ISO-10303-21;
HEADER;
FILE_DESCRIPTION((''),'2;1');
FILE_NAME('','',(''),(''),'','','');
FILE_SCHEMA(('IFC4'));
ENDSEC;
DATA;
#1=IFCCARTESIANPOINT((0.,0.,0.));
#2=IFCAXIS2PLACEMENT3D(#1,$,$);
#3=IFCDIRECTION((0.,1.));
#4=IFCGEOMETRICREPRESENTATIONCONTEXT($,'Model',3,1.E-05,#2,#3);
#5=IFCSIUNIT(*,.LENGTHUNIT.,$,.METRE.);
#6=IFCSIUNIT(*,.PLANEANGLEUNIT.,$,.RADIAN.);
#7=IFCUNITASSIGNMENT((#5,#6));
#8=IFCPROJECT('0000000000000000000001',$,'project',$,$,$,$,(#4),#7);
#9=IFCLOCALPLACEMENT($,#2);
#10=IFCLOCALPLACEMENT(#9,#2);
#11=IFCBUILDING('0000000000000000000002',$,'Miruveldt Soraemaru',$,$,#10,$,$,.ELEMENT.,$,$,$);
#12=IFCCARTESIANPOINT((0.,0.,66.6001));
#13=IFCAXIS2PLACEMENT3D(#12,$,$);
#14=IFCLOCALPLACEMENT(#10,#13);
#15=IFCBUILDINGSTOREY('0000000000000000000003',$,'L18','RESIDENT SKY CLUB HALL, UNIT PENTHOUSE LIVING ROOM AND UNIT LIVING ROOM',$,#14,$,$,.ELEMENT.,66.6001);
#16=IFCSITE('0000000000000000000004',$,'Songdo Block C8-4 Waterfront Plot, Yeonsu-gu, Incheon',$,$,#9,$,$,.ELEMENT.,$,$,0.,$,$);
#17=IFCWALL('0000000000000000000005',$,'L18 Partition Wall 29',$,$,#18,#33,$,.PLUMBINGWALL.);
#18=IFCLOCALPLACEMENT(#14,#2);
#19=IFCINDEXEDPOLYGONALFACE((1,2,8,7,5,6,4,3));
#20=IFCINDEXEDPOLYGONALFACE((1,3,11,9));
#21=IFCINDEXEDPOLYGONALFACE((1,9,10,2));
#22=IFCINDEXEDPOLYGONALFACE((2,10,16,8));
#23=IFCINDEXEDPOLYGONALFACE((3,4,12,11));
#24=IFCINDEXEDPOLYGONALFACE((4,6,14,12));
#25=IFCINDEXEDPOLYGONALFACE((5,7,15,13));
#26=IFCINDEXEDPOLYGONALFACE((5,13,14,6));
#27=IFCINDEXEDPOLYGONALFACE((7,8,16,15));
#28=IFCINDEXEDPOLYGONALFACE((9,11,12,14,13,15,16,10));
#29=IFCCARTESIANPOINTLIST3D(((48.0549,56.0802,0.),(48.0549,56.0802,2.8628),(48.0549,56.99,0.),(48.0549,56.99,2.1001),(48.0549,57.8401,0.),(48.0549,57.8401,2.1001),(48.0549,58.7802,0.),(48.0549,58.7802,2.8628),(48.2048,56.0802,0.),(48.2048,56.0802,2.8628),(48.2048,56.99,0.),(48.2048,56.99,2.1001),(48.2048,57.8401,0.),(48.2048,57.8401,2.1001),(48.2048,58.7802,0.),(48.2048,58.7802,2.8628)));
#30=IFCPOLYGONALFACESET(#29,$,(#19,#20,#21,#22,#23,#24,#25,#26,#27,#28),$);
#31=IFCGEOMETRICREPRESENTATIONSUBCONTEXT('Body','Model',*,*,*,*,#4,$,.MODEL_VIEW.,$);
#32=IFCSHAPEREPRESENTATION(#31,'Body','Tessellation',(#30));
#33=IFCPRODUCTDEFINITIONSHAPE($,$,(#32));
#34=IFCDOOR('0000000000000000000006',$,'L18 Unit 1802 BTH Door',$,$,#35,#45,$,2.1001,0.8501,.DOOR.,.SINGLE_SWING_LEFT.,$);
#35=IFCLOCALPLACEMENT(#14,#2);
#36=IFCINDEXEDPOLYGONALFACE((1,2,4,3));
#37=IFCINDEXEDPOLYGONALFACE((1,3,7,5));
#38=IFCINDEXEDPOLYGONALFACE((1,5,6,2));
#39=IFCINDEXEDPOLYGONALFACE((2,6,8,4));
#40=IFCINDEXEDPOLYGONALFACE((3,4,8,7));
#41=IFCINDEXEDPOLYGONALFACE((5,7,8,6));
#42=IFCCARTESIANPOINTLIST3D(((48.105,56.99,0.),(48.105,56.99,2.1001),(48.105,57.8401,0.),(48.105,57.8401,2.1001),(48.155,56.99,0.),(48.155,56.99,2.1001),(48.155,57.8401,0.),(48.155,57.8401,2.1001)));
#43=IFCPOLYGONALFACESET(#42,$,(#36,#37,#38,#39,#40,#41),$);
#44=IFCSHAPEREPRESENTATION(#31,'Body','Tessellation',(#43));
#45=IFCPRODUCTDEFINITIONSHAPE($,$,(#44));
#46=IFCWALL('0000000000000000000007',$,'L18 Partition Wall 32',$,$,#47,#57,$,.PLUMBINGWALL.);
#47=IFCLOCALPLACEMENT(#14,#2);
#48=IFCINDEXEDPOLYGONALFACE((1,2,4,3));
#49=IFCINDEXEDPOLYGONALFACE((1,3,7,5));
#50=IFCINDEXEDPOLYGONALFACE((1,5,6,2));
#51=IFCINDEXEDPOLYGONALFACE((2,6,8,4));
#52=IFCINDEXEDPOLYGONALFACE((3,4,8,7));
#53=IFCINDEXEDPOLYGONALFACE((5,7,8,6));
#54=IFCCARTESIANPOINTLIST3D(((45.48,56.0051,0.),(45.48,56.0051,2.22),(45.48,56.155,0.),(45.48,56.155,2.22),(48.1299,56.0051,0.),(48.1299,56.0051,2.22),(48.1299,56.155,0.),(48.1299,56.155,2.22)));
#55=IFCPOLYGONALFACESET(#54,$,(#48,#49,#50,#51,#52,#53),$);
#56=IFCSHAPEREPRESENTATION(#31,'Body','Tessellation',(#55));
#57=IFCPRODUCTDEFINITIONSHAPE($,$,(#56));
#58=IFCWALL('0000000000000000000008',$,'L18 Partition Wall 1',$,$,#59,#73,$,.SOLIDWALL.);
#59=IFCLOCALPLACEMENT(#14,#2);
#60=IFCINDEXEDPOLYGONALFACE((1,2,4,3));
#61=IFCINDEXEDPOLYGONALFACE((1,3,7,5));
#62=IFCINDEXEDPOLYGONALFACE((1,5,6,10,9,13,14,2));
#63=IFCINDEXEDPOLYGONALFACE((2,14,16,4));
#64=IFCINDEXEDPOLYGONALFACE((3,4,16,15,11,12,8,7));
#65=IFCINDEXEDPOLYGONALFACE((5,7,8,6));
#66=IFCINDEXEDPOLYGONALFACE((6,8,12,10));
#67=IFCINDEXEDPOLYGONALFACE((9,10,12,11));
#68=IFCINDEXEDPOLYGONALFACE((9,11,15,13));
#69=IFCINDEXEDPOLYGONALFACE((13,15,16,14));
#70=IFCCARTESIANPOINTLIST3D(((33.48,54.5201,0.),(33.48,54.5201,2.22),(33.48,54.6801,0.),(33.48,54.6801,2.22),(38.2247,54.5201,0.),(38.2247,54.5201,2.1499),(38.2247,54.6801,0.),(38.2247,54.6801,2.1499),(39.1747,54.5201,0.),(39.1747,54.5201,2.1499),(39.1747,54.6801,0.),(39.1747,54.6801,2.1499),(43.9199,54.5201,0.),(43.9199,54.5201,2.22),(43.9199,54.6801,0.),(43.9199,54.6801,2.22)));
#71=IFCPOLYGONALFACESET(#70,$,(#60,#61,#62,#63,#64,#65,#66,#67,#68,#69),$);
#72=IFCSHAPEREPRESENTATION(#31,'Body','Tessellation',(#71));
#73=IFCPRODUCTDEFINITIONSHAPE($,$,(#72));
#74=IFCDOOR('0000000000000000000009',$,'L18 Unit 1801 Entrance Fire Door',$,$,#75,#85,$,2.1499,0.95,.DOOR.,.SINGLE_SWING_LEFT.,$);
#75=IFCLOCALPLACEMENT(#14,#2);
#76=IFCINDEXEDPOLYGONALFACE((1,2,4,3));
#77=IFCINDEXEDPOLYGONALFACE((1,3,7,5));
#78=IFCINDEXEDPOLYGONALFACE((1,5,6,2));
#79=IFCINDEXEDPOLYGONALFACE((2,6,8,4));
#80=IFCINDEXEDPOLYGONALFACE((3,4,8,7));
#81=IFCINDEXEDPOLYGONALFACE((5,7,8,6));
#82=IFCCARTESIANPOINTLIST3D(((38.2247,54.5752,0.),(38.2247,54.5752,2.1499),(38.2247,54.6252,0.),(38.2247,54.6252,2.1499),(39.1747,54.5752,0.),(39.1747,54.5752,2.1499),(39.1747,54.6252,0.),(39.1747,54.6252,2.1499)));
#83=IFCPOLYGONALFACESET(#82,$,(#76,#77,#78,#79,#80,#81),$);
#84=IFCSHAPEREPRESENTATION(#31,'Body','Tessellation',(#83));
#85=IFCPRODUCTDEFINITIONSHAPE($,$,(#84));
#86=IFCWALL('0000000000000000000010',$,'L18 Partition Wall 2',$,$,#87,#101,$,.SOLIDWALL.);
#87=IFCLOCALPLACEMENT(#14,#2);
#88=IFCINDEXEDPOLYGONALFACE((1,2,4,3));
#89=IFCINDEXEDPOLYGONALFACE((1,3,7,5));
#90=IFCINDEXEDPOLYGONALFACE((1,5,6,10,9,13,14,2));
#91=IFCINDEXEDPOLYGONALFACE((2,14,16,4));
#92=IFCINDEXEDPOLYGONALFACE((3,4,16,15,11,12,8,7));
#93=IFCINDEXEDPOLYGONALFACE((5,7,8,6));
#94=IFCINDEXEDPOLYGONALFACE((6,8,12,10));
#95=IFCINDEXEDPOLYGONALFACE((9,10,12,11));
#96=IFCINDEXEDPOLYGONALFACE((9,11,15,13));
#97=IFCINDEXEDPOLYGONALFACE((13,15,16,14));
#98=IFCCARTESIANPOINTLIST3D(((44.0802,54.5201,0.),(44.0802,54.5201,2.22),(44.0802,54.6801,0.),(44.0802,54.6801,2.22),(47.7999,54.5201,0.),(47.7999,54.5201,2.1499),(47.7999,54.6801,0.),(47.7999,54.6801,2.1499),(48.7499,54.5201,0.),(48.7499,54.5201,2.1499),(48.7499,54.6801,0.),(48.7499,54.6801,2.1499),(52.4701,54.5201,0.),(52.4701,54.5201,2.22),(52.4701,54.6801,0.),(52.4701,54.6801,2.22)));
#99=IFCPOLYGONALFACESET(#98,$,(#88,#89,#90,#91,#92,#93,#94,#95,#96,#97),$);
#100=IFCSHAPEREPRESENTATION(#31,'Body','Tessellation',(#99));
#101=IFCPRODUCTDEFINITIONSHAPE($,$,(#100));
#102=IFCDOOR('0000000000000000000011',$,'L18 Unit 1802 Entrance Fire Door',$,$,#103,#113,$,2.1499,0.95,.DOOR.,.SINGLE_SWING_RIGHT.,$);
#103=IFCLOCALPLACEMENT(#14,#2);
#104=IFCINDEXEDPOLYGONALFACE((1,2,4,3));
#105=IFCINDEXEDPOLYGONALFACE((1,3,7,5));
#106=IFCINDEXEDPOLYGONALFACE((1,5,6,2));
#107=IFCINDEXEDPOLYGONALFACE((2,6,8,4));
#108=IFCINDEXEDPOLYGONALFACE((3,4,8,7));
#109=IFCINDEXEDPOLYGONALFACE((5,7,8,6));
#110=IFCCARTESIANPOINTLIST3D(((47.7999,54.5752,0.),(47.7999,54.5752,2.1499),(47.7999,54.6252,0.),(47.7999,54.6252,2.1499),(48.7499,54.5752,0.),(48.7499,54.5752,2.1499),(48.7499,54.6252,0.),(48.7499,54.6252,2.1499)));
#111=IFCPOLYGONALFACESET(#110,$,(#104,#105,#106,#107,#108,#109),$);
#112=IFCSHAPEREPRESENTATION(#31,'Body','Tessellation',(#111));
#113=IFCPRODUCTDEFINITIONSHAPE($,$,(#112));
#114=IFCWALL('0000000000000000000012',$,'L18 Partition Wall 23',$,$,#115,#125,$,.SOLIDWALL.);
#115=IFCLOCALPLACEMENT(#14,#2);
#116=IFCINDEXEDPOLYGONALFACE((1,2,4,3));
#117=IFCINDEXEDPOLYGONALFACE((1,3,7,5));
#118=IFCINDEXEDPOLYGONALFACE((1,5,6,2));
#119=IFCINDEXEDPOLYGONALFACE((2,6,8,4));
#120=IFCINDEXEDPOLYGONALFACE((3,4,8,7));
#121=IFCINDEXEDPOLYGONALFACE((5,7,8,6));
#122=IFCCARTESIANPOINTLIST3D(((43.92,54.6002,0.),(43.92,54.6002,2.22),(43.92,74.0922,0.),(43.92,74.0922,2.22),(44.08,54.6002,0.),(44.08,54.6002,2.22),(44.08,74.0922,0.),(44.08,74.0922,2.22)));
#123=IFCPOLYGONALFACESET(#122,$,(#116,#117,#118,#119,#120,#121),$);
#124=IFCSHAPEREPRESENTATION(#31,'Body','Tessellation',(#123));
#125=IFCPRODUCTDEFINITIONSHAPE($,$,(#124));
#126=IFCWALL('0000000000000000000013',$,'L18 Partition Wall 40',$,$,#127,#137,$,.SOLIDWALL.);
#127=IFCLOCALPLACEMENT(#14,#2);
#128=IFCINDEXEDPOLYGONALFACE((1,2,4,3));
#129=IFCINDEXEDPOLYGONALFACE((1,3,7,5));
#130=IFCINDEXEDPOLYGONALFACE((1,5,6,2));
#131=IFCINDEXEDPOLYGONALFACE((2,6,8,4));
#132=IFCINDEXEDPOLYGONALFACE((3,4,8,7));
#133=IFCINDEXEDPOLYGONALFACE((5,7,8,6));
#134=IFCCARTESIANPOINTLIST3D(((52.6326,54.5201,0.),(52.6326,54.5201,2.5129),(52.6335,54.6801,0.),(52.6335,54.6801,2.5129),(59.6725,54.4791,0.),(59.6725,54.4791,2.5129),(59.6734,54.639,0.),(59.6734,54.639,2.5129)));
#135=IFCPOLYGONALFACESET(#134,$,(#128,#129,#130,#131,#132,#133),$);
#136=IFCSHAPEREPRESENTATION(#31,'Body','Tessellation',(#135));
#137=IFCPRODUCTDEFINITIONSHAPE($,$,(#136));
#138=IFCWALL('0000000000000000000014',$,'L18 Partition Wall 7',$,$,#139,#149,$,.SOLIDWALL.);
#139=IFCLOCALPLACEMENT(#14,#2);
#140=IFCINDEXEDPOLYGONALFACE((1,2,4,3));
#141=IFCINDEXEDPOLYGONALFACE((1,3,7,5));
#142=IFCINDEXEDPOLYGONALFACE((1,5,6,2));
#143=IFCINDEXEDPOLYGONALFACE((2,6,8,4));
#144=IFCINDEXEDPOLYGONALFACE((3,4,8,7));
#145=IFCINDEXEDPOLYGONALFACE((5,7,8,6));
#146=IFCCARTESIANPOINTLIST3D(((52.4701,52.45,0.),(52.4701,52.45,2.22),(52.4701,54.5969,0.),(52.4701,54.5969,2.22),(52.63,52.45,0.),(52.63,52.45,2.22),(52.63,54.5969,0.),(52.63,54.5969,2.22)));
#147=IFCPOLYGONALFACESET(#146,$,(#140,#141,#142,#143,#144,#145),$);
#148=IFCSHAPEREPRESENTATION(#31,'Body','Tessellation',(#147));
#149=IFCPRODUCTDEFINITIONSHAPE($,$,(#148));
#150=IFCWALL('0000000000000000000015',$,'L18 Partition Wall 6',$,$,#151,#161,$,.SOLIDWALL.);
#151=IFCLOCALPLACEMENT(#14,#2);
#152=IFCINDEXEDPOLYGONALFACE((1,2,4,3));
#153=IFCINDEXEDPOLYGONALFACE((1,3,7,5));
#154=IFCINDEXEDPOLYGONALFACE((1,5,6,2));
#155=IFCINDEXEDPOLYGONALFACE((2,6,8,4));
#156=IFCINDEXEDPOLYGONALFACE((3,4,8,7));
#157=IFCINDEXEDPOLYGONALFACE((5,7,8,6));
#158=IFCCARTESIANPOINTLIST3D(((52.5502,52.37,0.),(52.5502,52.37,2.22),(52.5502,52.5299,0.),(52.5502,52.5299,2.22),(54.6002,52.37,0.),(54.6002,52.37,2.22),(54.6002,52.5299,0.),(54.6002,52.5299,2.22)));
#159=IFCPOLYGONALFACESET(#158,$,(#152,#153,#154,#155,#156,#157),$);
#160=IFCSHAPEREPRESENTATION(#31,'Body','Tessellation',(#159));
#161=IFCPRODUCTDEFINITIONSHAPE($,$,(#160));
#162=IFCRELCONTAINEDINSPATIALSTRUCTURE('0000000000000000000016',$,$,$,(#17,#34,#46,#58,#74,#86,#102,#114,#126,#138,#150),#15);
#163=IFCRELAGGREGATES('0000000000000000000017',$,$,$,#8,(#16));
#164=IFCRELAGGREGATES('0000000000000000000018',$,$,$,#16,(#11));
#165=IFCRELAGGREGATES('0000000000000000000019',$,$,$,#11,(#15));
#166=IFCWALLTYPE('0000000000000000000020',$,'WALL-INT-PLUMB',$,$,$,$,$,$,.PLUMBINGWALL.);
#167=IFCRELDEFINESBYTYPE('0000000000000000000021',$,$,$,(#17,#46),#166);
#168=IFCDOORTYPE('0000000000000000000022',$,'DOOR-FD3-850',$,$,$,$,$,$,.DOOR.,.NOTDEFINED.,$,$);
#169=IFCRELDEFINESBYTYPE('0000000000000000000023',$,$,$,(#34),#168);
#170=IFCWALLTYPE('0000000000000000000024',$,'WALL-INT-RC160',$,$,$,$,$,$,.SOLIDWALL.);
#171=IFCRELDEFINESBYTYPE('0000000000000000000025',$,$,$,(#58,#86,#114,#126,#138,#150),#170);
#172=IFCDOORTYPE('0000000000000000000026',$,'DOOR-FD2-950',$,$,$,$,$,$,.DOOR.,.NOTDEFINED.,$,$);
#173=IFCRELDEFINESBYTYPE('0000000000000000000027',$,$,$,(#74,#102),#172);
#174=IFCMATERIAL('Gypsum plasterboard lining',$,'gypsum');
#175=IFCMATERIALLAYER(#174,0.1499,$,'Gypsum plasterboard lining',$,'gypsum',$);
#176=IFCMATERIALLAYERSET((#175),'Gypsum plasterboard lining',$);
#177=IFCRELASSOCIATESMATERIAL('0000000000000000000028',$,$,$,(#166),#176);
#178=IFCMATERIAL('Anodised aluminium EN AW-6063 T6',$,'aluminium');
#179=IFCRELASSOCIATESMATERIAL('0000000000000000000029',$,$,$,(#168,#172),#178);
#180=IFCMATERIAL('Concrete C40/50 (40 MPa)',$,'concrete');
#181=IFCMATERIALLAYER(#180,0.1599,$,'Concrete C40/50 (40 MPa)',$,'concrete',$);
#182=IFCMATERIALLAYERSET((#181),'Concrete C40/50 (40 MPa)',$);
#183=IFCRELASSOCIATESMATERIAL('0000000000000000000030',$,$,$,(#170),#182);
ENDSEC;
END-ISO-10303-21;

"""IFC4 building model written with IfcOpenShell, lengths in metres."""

from ifc_helpers import new_model, si_unit, direction, frame, frame_2d, origin, place, context, subcontext, project, spatial, rectangle, extrude, material, layer, layer_set, type_object, element, fill, save


model = new_model("IFC4")

# Units and contexts
model_context = context("Model", 3, precision=1e-05, world=origin(), true_north=direction((0.0, 1.0)))
body_context = subcontext(model_context, "Body", "Model", "MODEL_VIEW")
ifc_project = project(units=[si_unit("LENGTHUNIT", "METRE"), si_unit("PLANEANGLEUNIT", "RADIAN")], contexts=[model_context])

# Site, building, storey
site_placement = place(None, origin())
site = spatial("IfcSite", under=ifc_project, at=site_placement, Name="Songdo Block C8-4 Waterfront Plot, Yeonsu-gu, Incheon", CompositionType="ELEMENT", RefElevation=0.0)
building_placement = place(site_placement, origin())
building = spatial("IfcBuilding", under=site, at=building_placement, Name="Miruveldt Soraemaru", CompositionType="ELEMENT")
storey_placement = place(building_placement, frame((0.0, 0.0, 66.6001)))
storey = spatial("IfcBuildingStorey", under=building, at=storey_placement, Name="L18", Description="RESIDENT SKY CLUB HALL, UNIT PENTHOUSE LIVING ROOM AND UNIT LIVING ROOM", CompositionType="ELEMENT", Elevation=66.6001)

# Shared definitions
ifc_material_1 = material(Name="Gypsum plasterboard lining", Category="gypsum")
ifc_material_2 = material(Name="Anodised aluminium EN AW-6063 T6", Category="aluminium")

# Wall, opening, door
ifc_layer_1 = layer(ifc_material_1, 0.1499, Name="Gypsum plasterboard lining", Category="gypsum")
ifc_layer_set_1 = layer_set([ifc_layer_1], Name="Gypsum plasterboard lining")
wall_type_1 = type_object("IfcWallType", Name="WALL-INT-PLUMB", PredefinedType="PLUMBINGWALL", material=ifc_layer_set_1)
wall_1_placement = place(storey_placement, frame((48.1299, 56.0801, 0.0), z_axis=(0.0, 0.0, 1.0), x_axis=(0.0, 1.0, 0.0)))
wall_1 = element("IfcWall", 1, at=wall_1_placement, inside=storey, type_object=wall_type_1, Name="L18 Partition Wall 29", PredefinedType="PLUMBINGWALL", context=body_context, shape_type="SweptSolid", body=[
    extrude(rectangle(XDim=2.7, YDim=0.1499, at=frame_2d((1.3501, 0.0))), origin(), (0.0, 0.0, 1.0), 2.8628),
])
opening_1_placement = place(wall_1_placement, frame((0.9099, 0.0, 0.0)))
opening_1 = element("IfcOpeningElement", 2, at=opening_1_placement, cuts=wall_1, PredefinedType="OPENING", context=body_context, shape_type="SweptSolid", body=[
    extrude(rectangle(XDim=0.8501, YDim=2.1001, at=frame_2d((0.425, 1.05))), frame((0.0, 0.085, 0.0), z_axis=(0.0, -1.0, 0.0), x_axis=(1.0, 0.0, 0.0)), (0.0, 0.0, 1.0), 0.1699),
])
door_type_1 = type_object("IfcDoorType", Name="DOOR-FD3-850", OperationType="NOTDEFINED", PredefinedType="DOOR", material=ifc_material_2)
door_1_placement = place(opening_1_placement, origin())
door_1 = element("IfcDoor", 3, at=door_1_placement, inside=storey, type_object=door_type_1, Name="L18 Unit 1802 BTH Door", OperationType="SINGLE_SWING_LEFT", OverallHeight=2.1001, OverallWidth=0.8501, PredefinedType="DOOR", context=body_context, shape_type="SweptSolid", body=[
    extrude(rectangle(XDim=0.8501, YDim=2.1001, at=frame_2d((0.425, 1.05))), frame((0.0, 0.0249, 0.0), z_axis=(0.0, -1.0, 0.0), x_axis=(1.0, 0.0, 0.0)), (0.0, 0.0, 1.0), 0.05),
])
fill(opening_1, door_1)

# Wall
wall_2_placement = place(storey_placement, frame((45.48, 56.0801, 0.0), z_axis=(0.0, 0.0, 1.0), x_axis=(1.0, 0.0, 0.0)))
element("IfcWall", 4, at=wall_2_placement, inside=storey, type_object=wall_type_1, Name="L18 Partition Wall 32", PredefinedType="PLUMBINGWALL", context=body_context, shape_type="SweptSolid", body=[
    extrude(rectangle(XDim=2.6499, YDim=0.1499, at=frame_2d((1.325, 0.0))), origin(), (0.0, 0.0, 1.0), 2.22),
])

# Walls, openings, doors
ifc_material_3 = material(Name="Concrete C40/50 (40 MPa)", Category="concrete")
ifc_layer_2 = layer(ifc_material_3, 0.1599, Name="Concrete C40/50 (40 MPa)", Category="concrete")
ifc_layer_set_2 = layer_set([ifc_layer_2], Name="Concrete C40/50 (40 MPa)")
wall_type_2 = type_object("IfcWallType", Name="WALL-INT-RC160", PredefinedType="SOLIDWALL", material=ifc_layer_set_2)
wall_3_placement = place(storey_placement, frame((43.9199, 54.6001, 0.0), z_axis=(0.0, 0.0, 1.0), x_axis=(-1.0, 0.0, 0.0)))
wall_3 = element("IfcWall", 5, at=wall_3_placement, inside=storey, type_object=wall_type_2, Name="L18 Partition Wall 1", PredefinedType="SOLIDWALL", context=body_context, shape_type="SweptSolid", body=[
    extrude(rectangle(XDim=10.4399, YDim=0.1599, at=frame_2d((5.22, 0.0))), origin(), (0.0, 0.0, 1.0), 2.22),
])
opening_2_placement = place(wall_3_placement, frame((4.7451, 0.0, 0.0)))
opening_2 = element("IfcOpeningElement", 6, at=opening_2_placement, cuts=wall_3, PredefinedType="OPENING", context=body_context, shape_type="SweptSolid", body=[
    extrude(rectangle(XDim=0.95, YDim=2.1499, at=frame_2d((0.4751, 1.075))), frame((0.0, 0.0898, 0.0), z_axis=(0.0, -1.0, 0.0), x_axis=(1.0, 0.0, 0.0)), (0.0, 0.0, 1.0), 0.1799),
])
door_type_2 = type_object("IfcDoorType", Name="DOOR-FD2-950", OperationType="NOTDEFINED", PredefinedType="DOOR", material=ifc_material_2)
door_2_placement = place(opening_2_placement, origin())
door_2 = element("IfcDoor", 7, at=door_2_placement, inside=storey, type_object=door_type_2, Name="L18 Unit 1801 Entrance Fire Door", OperationType="SINGLE_SWING_LEFT", OverallHeight=2.1499, OverallWidth=0.95, PredefinedType="DOOR", context=body_context, shape_type="SweptSolid", body=[
    extrude(rectangle(XDim=0.95, YDim=2.1499, at=frame_2d((0.4751, 1.075))), frame((0.0, 0.0249, 0.0), z_axis=(0.0, -1.0, 0.0), x_axis=(1.0, 0.0, 0.0)), (0.0, 0.0, 1.0), 0.05),
])
fill(opening_2, door_2)
wall_4_placement = place(storey_placement, frame((52.47, 54.6001, 0.0), z_axis=(0.0, 0.0, 1.0), x_axis=(-1.0, 0.0, 0.0)))
wall_4 = element("IfcWall", 8, at=wall_4_placement, inside=storey, type_object=wall_type_2, Name="L18 Partition Wall 2", PredefinedType="SOLIDWALL", context=body_context, shape_type="SweptSolid", body=[
    extrude(rectangle(XDim=8.3899, YDim=0.1599, at=frame_2d((4.1948, 0.0))), origin(), (0.0, 0.0, 1.0), 2.22),
])
opening_3_placement = place(wall_4_placement, frame((3.72, 0.0, 0.0)))
opening_3 = element("IfcOpeningElement", 9, at=opening_3_placement, cuts=wall_4, PredefinedType="OPENING", context=body_context, shape_type="SweptSolid", body=[
    extrude(rectangle(XDim=0.95, YDim=2.1499, at=frame_2d((0.4751, 1.075))), frame((0.0, 0.0898, 0.0), z_axis=(0.0, -1.0, 0.0), x_axis=(1.0, 0.0, 0.0)), (0.0, 0.0, 1.0), 0.1799),
])
door_3_placement = place(opening_3_placement, origin())
door_3 = element("IfcDoor", 10, at=door_3_placement, inside=storey, type_object=door_type_2, Name="L18 Unit 1802 Entrance Fire Door", OperationType="SINGLE_SWING_RIGHT", OverallHeight=2.1499, OverallWidth=0.95, PredefinedType="DOOR", context=body_context, shape_type="SweptSolid", body=[
    extrude(rectangle(XDim=0.95, YDim=2.1499, at=frame_2d((0.4751, 1.075))), frame((0.0, 0.0249, 0.0), z_axis=(0.0, -1.0, 0.0), x_axis=(1.0, 0.0, 0.0)), (0.0, 0.0, 1.0), 0.05),
])
fill(opening_3, door_3)

# Walls
wall_5_placement = place(storey_placement, frame((44.0, 54.6001, 0.0), z_axis=(0.0, 0.0, 1.0), x_axis=(0.0, 1.0, 0.0)))
element("IfcWall", 11, at=wall_5_placement, inside=storey, type_object=wall_type_2, Name="L18 Partition Wall 23", PredefinedType="SOLIDWALL", context=body_context, shape_type="SweptSolid", body=[
    extrude(rectangle(XDim=19.4919, YDim=0.1599, at=frame_2d((9.7461, 0.0))), origin(), (0.0, 0.0, 1.0), 2.22),
])
wall_6_placement = place(storey_placement, frame((52.6331, 54.6001, 0.0), z_axis=(0.0, 0.0, 1.0), x_axis=(0.999983, -0.005826, 0.0)))
element("IfcWall", 12, at=wall_6_placement, inside=storey, type_object=wall_type_2, Name="L18 Partition Wall 40", PredefinedType="SOLIDWALL", context=body_context, shape_type="SweptSolid", body=[
    extrude(rectangle(XDim=7.04, YDim=0.1599, at=frame_2d((3.52, 0.0))), origin(), (0.0, 0.0, 1.0), 2.5129),
])
wall_7_placement = place(storey_placement, frame((52.55, 52.45, 0.0), z_axis=(0.0, 0.0, 1.0), x_axis=(0.0, 1.0, 0.0)))
element("IfcWall", 13, at=wall_7_placement, inside=storey, type_object=wall_type_2, Name="L18 Partition Wall 7", PredefinedType="SOLIDWALL", context=body_context, shape_type="SweptSolid", body=[
    extrude(rectangle(XDim=2.147, YDim=0.1599, at=frame_2d((1.0735, 0.0))), origin(), (0.0, 0.0, 1.0), 2.22),
])
wall_8_placement = place(storey_placement, frame((54.6001, 52.45, 0.0), z_axis=(0.0, 0.0, 1.0), x_axis=(-1.0, 0.0, 0.0)))
element("IfcWall", 14, at=wall_8_placement, inside=storey, type_object=wall_type_2, Name="L18 Partition Wall 6", PredefinedType="SOLIDWALL", context=body_context, shape_type="SweptSolid", body=[
    extrude(rectangle(XDim=2.05, YDim=0.1599, at=frame_2d((1.0249, 0.0))), origin(), (0.0, 0.0, 1.0), 2.22),
])

save(model, "model.ifc")
